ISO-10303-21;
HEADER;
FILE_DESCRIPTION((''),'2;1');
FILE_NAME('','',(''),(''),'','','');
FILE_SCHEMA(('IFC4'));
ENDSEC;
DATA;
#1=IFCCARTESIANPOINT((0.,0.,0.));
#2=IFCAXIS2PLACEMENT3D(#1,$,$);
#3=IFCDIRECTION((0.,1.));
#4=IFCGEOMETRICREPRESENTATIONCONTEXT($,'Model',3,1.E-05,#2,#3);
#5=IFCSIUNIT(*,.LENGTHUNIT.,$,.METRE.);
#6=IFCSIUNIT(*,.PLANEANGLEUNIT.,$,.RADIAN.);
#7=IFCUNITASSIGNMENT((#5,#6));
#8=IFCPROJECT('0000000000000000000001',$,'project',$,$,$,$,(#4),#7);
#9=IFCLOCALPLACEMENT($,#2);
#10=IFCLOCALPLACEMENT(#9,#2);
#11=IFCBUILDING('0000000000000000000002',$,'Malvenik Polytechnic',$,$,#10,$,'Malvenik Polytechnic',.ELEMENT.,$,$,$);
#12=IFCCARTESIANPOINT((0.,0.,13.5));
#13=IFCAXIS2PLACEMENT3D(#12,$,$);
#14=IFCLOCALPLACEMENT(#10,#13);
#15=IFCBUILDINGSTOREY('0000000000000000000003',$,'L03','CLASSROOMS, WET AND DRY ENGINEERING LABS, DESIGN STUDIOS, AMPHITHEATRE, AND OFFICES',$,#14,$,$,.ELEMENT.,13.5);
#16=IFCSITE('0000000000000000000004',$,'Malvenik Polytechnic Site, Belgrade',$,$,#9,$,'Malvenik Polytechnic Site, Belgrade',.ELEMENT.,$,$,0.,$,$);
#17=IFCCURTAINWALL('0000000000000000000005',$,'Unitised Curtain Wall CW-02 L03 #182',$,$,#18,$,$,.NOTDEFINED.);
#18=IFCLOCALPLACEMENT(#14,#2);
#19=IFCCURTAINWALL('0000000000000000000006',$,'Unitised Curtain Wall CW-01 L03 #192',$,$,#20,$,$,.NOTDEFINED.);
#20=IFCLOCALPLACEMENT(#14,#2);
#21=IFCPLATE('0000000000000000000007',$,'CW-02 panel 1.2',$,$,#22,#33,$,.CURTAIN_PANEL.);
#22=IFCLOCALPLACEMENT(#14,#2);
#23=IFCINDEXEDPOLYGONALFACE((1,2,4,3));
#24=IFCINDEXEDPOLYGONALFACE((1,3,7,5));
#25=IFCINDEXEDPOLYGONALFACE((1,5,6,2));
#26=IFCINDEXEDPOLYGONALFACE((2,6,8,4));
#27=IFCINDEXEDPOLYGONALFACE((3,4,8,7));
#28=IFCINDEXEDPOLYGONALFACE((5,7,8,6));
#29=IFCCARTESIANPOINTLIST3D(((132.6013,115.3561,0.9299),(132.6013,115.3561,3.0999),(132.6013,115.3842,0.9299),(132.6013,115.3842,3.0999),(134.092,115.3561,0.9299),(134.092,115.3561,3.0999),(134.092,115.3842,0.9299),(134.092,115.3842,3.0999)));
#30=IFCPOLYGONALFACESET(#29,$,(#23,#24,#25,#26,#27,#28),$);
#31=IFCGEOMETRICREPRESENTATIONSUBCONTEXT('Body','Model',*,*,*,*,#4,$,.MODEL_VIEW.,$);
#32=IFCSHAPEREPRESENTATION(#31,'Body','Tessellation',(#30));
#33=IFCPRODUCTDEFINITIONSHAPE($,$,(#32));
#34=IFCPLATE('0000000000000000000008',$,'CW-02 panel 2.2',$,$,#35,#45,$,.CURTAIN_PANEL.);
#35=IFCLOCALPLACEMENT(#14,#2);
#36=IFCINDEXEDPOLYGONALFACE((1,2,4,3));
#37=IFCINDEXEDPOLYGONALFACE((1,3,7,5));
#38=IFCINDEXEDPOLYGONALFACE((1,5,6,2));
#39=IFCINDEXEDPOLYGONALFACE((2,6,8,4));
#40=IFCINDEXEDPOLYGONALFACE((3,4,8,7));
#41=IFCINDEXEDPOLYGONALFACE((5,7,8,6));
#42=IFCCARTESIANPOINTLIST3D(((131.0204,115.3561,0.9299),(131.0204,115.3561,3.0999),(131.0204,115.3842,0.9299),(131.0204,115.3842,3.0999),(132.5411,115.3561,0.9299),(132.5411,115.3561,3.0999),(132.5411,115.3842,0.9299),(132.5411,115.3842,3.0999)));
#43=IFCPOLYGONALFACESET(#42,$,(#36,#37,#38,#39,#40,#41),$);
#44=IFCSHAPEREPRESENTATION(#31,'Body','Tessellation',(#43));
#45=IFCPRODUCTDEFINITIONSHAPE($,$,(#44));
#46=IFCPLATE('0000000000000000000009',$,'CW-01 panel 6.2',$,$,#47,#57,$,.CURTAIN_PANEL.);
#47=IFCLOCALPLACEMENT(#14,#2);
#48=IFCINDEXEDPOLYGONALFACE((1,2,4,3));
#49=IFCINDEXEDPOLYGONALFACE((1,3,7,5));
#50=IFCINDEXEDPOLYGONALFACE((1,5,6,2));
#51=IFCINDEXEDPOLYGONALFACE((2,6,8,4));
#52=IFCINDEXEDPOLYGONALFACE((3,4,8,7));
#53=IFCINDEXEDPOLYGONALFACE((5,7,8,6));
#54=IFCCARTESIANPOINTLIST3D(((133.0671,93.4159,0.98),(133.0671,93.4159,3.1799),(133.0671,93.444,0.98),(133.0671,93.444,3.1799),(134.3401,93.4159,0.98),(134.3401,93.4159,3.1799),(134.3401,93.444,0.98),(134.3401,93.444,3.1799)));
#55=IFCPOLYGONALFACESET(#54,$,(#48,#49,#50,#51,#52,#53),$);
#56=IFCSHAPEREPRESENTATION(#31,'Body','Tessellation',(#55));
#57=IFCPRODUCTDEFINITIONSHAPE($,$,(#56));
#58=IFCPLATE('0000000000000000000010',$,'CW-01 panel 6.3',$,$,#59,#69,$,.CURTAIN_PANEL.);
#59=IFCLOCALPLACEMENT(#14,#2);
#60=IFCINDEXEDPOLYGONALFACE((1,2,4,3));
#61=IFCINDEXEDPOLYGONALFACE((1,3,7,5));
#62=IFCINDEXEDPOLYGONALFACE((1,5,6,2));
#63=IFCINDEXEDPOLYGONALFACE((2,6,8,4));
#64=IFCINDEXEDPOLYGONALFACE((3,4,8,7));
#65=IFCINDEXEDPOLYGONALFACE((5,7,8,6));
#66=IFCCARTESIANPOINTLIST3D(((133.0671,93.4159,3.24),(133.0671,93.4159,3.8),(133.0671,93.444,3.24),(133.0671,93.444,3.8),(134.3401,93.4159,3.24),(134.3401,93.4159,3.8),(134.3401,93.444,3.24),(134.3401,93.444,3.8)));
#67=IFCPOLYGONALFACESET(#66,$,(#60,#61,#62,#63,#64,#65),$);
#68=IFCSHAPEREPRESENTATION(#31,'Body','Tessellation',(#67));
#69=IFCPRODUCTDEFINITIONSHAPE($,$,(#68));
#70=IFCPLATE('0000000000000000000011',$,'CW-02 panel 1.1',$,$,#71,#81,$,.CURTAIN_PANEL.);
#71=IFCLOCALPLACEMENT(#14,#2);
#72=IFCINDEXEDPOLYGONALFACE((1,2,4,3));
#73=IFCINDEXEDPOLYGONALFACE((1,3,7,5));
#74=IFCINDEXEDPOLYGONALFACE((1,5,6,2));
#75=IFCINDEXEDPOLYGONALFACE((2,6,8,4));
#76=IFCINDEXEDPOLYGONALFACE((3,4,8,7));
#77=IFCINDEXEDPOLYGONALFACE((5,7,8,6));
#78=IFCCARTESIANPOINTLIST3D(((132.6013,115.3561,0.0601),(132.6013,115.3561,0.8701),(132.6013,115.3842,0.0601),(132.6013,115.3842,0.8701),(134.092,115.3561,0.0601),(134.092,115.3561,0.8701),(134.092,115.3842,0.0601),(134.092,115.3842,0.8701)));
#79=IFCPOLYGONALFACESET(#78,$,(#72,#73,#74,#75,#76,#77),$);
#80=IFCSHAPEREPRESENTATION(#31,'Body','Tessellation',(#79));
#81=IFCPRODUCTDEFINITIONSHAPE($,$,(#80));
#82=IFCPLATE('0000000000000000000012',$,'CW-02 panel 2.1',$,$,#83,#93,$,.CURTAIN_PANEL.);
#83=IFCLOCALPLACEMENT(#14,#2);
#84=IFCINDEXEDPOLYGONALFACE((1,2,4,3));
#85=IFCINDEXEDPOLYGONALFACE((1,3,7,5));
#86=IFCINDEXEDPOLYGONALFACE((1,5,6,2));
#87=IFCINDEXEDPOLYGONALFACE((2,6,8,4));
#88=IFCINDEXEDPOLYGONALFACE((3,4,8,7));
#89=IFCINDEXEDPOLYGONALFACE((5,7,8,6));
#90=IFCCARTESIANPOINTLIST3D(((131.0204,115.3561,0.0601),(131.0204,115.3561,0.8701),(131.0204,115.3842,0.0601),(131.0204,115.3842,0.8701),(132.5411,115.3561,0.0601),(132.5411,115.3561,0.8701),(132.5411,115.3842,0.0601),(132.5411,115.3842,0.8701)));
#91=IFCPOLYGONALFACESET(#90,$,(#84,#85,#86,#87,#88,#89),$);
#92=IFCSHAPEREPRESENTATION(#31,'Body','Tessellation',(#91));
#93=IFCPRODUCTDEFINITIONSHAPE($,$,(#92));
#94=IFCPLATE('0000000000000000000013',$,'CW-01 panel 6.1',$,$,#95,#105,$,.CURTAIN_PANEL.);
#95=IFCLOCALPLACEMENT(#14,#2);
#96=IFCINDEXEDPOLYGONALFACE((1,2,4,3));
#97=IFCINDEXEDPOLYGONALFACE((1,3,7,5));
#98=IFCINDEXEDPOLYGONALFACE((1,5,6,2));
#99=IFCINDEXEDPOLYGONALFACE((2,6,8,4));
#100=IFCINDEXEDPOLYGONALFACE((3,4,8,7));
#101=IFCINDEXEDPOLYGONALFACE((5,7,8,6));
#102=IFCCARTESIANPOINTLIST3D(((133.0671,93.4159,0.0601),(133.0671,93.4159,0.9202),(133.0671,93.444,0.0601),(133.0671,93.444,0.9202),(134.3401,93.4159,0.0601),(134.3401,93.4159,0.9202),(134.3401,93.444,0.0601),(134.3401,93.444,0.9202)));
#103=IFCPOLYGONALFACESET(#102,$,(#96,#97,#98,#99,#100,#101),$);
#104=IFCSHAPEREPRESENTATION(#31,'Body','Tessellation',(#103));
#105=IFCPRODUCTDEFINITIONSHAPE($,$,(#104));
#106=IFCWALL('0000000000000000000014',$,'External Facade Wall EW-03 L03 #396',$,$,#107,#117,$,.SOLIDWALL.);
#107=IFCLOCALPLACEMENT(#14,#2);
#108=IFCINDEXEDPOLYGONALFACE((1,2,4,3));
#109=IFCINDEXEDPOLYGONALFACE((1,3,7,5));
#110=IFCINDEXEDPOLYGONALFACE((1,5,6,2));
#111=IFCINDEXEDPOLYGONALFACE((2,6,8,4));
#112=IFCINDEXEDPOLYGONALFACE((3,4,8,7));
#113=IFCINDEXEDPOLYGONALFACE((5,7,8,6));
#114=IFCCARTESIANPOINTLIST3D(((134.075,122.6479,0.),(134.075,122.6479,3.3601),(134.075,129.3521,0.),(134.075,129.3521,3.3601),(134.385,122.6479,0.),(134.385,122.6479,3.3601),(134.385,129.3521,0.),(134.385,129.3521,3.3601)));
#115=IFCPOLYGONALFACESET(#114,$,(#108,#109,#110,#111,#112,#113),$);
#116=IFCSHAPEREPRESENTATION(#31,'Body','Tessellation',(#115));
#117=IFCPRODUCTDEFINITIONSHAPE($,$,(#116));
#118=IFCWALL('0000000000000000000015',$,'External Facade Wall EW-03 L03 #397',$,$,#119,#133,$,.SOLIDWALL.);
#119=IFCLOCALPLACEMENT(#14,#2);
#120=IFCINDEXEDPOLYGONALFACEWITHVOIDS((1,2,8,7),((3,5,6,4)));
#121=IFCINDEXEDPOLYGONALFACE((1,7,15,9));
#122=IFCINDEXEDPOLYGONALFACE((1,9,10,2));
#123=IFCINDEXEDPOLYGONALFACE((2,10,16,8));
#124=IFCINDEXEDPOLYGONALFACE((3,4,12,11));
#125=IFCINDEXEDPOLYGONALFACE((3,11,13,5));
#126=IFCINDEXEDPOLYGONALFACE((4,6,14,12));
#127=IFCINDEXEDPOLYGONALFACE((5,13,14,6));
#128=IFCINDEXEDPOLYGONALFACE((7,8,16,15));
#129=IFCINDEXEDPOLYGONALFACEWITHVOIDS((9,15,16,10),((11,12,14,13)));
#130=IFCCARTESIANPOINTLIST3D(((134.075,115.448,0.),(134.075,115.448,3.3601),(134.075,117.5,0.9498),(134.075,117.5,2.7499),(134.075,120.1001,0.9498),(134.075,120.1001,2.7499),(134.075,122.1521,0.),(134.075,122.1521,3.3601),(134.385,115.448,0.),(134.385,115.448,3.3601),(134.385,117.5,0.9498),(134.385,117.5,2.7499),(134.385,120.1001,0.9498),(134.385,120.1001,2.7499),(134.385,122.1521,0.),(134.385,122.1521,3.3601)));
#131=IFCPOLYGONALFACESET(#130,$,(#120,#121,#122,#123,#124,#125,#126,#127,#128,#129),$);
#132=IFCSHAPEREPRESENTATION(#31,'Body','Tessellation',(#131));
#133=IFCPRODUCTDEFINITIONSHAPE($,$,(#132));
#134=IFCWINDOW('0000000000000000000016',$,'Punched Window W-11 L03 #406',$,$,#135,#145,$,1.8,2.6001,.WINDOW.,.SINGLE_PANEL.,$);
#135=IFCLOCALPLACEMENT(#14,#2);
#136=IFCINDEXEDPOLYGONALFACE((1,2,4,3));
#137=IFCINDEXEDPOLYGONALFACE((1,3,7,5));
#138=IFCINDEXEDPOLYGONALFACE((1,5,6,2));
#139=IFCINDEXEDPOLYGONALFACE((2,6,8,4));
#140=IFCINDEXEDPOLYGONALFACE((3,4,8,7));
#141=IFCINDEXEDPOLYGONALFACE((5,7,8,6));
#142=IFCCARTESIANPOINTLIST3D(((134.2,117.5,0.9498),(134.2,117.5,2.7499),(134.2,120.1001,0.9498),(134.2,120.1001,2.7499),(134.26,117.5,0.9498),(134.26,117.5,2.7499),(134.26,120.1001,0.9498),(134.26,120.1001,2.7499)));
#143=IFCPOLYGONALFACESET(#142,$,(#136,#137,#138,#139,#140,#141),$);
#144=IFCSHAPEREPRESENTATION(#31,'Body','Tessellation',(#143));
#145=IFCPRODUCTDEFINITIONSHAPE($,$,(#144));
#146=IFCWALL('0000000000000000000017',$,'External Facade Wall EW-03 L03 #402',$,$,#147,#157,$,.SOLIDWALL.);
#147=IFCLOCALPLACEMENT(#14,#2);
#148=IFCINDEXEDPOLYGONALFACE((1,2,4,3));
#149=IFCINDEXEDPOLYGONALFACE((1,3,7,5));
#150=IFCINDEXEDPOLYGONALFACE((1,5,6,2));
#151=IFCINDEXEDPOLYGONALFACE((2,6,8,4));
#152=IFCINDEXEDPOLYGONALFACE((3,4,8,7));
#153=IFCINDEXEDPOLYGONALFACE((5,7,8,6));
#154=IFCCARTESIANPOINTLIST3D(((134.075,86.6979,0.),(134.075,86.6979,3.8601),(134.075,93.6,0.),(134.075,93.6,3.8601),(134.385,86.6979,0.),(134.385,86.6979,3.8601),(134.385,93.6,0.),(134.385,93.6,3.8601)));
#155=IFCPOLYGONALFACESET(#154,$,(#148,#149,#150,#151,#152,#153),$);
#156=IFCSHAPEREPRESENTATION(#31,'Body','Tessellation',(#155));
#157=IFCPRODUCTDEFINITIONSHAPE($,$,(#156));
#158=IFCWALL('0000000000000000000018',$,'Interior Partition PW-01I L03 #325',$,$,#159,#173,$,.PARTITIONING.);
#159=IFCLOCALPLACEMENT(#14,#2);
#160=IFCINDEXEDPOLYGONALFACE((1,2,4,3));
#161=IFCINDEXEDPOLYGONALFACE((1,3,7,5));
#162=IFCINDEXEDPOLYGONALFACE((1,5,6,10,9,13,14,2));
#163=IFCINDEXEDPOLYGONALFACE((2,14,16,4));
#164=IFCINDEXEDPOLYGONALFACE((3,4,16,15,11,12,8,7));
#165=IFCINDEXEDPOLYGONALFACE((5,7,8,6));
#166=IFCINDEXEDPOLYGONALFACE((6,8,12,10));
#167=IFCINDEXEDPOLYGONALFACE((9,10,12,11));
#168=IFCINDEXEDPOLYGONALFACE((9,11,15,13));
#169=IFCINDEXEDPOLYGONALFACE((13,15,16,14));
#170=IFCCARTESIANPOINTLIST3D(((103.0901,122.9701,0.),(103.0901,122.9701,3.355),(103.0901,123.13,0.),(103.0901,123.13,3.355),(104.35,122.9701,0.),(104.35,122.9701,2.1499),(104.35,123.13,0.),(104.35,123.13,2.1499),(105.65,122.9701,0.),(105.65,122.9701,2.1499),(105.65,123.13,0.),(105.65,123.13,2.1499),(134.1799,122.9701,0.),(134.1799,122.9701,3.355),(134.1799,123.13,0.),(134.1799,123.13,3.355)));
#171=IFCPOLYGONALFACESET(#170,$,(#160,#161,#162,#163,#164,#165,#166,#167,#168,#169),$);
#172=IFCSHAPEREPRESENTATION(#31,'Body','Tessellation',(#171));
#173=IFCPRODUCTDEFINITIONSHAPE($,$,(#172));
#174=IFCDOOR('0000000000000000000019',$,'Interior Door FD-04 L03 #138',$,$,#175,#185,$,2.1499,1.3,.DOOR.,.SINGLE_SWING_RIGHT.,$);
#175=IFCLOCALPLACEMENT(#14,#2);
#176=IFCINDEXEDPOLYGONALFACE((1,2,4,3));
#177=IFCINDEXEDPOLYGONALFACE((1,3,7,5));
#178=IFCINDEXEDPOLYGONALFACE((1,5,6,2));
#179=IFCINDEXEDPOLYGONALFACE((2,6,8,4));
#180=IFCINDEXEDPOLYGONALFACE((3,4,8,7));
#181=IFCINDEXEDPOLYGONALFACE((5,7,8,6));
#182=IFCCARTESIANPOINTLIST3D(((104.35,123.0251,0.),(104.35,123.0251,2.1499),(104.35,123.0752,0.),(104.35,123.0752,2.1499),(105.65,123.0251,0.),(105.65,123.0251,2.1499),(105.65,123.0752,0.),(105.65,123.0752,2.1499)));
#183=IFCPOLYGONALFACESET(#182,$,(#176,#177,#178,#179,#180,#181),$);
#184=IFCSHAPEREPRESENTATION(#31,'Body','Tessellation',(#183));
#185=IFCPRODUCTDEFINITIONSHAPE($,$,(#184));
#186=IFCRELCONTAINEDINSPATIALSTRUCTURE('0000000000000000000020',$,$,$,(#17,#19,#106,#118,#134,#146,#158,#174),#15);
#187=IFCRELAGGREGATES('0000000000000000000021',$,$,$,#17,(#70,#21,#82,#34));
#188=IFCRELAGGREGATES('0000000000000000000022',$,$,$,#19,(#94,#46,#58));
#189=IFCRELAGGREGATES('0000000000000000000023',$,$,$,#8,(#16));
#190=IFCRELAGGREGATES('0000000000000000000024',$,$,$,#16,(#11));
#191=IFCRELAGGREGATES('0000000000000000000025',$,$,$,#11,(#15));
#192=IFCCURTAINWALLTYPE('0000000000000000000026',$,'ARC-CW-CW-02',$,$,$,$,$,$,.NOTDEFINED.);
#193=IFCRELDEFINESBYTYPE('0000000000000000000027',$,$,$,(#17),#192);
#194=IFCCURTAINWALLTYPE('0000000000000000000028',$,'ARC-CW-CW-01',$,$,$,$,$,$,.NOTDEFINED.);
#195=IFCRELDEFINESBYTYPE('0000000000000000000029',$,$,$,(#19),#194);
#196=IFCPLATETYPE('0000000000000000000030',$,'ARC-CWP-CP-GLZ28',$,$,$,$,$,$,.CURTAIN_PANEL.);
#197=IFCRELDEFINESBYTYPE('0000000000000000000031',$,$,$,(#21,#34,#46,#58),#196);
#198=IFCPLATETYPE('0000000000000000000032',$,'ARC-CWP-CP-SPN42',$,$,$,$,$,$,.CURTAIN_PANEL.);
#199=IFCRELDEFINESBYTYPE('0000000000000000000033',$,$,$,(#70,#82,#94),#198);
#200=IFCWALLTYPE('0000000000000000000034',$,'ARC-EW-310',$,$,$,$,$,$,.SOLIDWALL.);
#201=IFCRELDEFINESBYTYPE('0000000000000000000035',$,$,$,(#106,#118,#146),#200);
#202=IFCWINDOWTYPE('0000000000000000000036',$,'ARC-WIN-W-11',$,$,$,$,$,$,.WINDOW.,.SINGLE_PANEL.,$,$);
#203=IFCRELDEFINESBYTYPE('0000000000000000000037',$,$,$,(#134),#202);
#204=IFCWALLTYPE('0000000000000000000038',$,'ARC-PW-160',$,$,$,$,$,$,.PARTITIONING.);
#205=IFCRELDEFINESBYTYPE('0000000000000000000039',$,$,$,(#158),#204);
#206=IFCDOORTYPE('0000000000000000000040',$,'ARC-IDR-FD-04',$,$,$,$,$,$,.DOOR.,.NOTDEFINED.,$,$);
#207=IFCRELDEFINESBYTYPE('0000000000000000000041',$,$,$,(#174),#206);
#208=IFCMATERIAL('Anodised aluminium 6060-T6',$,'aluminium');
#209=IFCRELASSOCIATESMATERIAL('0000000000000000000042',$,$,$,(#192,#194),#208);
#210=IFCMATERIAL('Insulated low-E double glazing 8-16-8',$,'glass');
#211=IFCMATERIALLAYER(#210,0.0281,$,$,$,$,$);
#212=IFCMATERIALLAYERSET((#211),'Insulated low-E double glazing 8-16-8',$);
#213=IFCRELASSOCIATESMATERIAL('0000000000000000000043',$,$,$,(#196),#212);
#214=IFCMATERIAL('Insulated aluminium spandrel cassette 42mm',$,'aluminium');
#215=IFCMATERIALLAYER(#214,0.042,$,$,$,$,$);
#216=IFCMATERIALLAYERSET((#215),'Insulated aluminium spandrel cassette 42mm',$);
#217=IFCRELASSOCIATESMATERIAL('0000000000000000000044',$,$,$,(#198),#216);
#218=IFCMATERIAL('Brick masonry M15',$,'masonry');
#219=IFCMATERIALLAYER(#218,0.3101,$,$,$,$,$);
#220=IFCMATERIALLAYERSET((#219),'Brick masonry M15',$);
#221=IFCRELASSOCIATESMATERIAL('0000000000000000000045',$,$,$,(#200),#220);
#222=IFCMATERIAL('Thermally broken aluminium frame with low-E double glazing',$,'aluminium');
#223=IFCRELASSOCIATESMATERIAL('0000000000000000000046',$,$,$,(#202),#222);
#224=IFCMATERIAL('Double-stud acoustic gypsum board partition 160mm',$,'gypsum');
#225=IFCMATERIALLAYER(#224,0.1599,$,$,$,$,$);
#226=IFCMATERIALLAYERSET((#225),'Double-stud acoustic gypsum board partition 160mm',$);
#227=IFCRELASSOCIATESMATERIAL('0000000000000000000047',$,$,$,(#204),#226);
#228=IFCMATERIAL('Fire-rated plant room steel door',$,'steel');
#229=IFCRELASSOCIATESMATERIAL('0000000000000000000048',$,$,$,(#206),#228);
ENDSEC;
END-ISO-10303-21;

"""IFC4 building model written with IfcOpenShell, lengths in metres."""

from ifc_helpers import new_model, si_unit, direction, frame, frame_2d, origin, origin_2d, place, context, subcontext, project, spatial, rectangle, extrude, material, layer, layer_set, type_object, element, fill, aggregate, save


model = new_model("IFC4")

# Units and contexts
model_context = context("Model", 3, precision=1e-05, world=origin(), true_north=direction((0.0, 1.0)))
body_context = subcontext(model_context, "Body", "Model", "MODEL_VIEW")
ifc_project = project(units=[si_unit("LENGTHUNIT", "METRE"), si_unit("PLANEANGLEUNIT", "RADIAN")], contexts=[model_context])

# Site, building, storey
site_placement = place(None, origin())
site = spatial("IfcSite", under=ifc_project, at=site_placement, Name="Malvenik Polytechnic Site, Belgrade", LongName="Malvenik Polytechnic Site, Belgrade", CompositionType="ELEMENT", RefElevation=0.0)
building_placement = place(site_placement, origin())
building = spatial("IfcBuilding", under=site, at=building_placement, Name="Malvenik Polytechnic", LongName="Malvenik Polytechnic", CompositionType="ELEMENT")
storey_placement = place(building_placement, frame((0.0, 0.0, 13.5)))
storey = spatial("IfcBuildingStorey", under=building, at=storey_placement, Name="L03", Description="CLASSROOMS, WET AND DRY ENGINEERING LABS, DESIGN STUDIOS, AMPHITHEATRE, AND OFFICES", CompositionType="ELEMENT", Elevation=13.5)

# Curtain wall
ifc_material_1 = material(Name="Anodised aluminium 6060-T6", Category="aluminium")
curtain_wall_type_1 = type_object("IfcCurtainWallType", Name="ARC-CW-CW-02", PredefinedType="NOTDEFINED", material=ifc_material_1)
curtain_wall_1_placement = place(storey_placement, origin())
curtain_wall_1 = element("IfcCurtainWall", 1, at=curtain_wall_1_placement, inside=storey, type_object=curtain_wall_type_1, Name="Unitised Curtain Wall CW-02 L03 #182", PredefinedType="NOTDEFINED")

# Curtain wall
curtain_wall_type_2 = type_object("IfcCurtainWallType", Name="ARC-CW-CW-01", PredefinedType="NOTDEFINED", material=ifc_material_1)
curtain_wall_2_placement = place(storey_placement, origin())
curtain_wall_2 = element("IfcCurtainWall", 2, at=curtain_wall_2_placement, inside=storey, type_object=curtain_wall_type_2, Name="Unitised Curtain Wall CW-01 L03 #192", PredefinedType="NOTDEFINED")

# Plates
ifc_material_2 = material(Name="Insulated low-E double glazing 8-16-8", Category="glass")
ifc_layer_1 = layer(ifc_material_2, 0.0281)
ifc_layer_set_1 = layer_set([ifc_layer_1], Name="Insulated low-E double glazing 8-16-8")
plate_type_1 = type_object("IfcPlateType", Name="ARC-CWP-CP-GLZ28", PredefinedType="CURTAIN_PANEL", material=ifc_layer_set_1)
plate_1_placement = place(storey_placement, frame((133.3467, 115.3701, 0.9299), z_axis=(0.0, 0.0, 1.0), x_axis=(-1.0, 0.0, 0.0)))
plate_1 = element("IfcPlate", 3, at=plate_1_placement, type_object=plate_type_1, Name="CW-02 panel 1.2", PredefinedType="CURTAIN_PANEL", context=body_context, shape_type="SweptSolid", body=[
    extrude(rectangle(XDim=1.4907, YDim=0.0281, at=origin_2d()), origin(), (0.0, 0.0, 1.0), 2.1699),
])
plate_2_placement = place(storey_placement, frame((131.7808, 115.3701, 0.9299), z_axis=(0.0, 0.0, 1.0), x_axis=(-1.0, 0.0, 0.0)))
plate_2 = element("IfcPlate", 4, at=plate_2_placement, type_object=plate_type_1, Name="CW-02 panel 2.2", PredefinedType="CURTAIN_PANEL", context=body_context, shape_type="SweptSolid", body=[
    extrude(rectangle(XDim=1.5208, YDim=0.0281, at=origin_2d()), origin(), (0.0, 0.0, 1.0), 2.1699),
])
plate_3_placement = place(storey_placement, frame((133.7036, 93.4299, 0.98), z_axis=(0.0, 0.0, 1.0), x_axis=(1.0, 0.0, 0.0)))
plate_3 = element("IfcPlate", 5, at=plate_3_placement, type_object=plate_type_1, Name="CW-01 panel 6.2", PredefinedType="CURTAIN_PANEL", context=body_context, shape_type="SweptSolid", body=[
    extrude(rectangle(XDim=1.2729, YDim=0.0281, at=origin_2d()), origin(), (0.0, 0.0, 1.0), 2.2),
])
plate_4_placement = place(storey_placement, frame((133.7036, 93.4299, 3.24), z_axis=(0.0, 0.0, 1.0), x_axis=(1.0, 0.0, 0.0)))
plate_4 = element("IfcPlate", 6, at=plate_4_placement, type_object=plate_type_1, Name="CW-01 panel 6.3", PredefinedType="CURTAIN_PANEL", context=body_context, shape_type="SweptSolid", body=[
    extrude(rectangle(XDim=1.2729, YDim=0.0281, at=origin_2d()), origin(), (0.0, 0.0, 1.0), 0.5601),
])
ifc_material_3 = material(Name="Insulated aluminium spandrel cassette 42mm", Category="aluminium")
ifc_layer_2 = layer(ifc_material_3, 0.042)
ifc_layer_set_2 = layer_set([ifc_layer_2], Name="Insulated aluminium spandrel cassette 42mm")
plate_type_2 = type_object("IfcPlateType", Name="ARC-CWP-CP-SPN42", PredefinedType="CURTAIN_PANEL", material=ifc_layer_set_2)
plate_5_placement = place(storey_placement, frame((133.3467, 115.3701, 0.0601), z_axis=(0.0, 0.0, 1.0), x_axis=(-1.0, 0.0, 0.0)))
plate_5 = element("IfcPlate", 7, at=plate_5_placement, type_object=plate_type_2, Name="CW-02 panel 1.1", PredefinedType="CURTAIN_PANEL", context=body_context, shape_type="SweptSolid", body=[
    extrude(rectangle(XDim=1.4907, YDim=0.0281, at=origin_2d()), origin(), (0.0, 0.0, 1.0), 0.8101),
])
plate_6_placement = place(storey_placement, frame((131.7808, 115.3701, 0.0601), z_axis=(0.0, 0.0, 1.0), x_axis=(-1.0, 0.0, 0.0)))
plate_6 = element("IfcPlate", 8, at=plate_6_placement, type_object=plate_type_2, Name="CW-02 panel 2.1", PredefinedType="CURTAIN_PANEL", context=body_context, shape_type="SweptSolid", body=[
    extrude(rectangle(XDim=1.5208, YDim=0.0281, at=origin_2d()), origin(), (0.0, 0.0, 1.0), 0.8101),
])
aggregate(curtain_wall_1, [plate_5, plate_1, plate_6, plate_2])
plate_7_placement = place(storey_placement, frame((133.7036, 93.4299, 0.0601), z_axis=(0.0, 0.0, 1.0), x_axis=(1.0, 0.0, 0.0)))
plate_7 = element("IfcPlate", 9, at=plate_7_placement, type_object=plate_type_2, Name="CW-01 panel 6.1", PredefinedType="CURTAIN_PANEL", context=body_context, shape_type="SweptSolid", body=[
    extrude(rectangle(XDim=1.2729, YDim=0.0281, at=origin_2d()), origin(), (0.0, 0.0, 1.0), 0.8601),
])
aggregate(curtain_wall_2, [plate_7, plate_3, plate_4])

# Wall
ifc_material_4 = material(Name="Brick masonry M15", Category="masonry")
ifc_layer_3 = layer(ifc_material_4, 0.3101)
ifc_layer_set_3 = layer_set([ifc_layer_3], Name="Brick masonry M15")
wall_type_1 = type_object("IfcWallType", Name="ARC-EW-310", PredefinedType="SOLIDWALL", material=ifc_layer_set_3)
wall_1_placement = place(storey_placement, frame((134.23, 129.3521, 0.0), z_axis=(0.0, 0.0, 1.0), x_axis=(0.0, -1.0, 0.0)))
element("IfcWall", 10, at=wall_1_placement, inside=storey, type_object=wall_type_1, Name="External Facade Wall EW-03 L03 #396", PredefinedType="SOLIDWALL", context=body_context, shape_type="SweptSolid", body=[
    extrude(rectangle(XDim=6.7041, YDim=0.3101, at=frame_2d((3.3521, 0.0))), origin(), (0.0, 0.0, 1.0), 3.3601),
])

# Wall, opening, window
wall_2_placement = place(storey_placement, frame((134.23, 122.1521, 0.0), z_axis=(0.0, 0.0, 1.0), x_axis=(0.0, -1.0, 0.0)))
wall_2 = element("IfcWall", 11, at=wall_2_placement, inside=storey, type_object=wall_type_1, Name="External Facade Wall EW-03 L03 #397", PredefinedType="SOLIDWALL", context=body_context, shape_type="SweptSolid", body=[
    extrude(rectangle(XDim=6.7041, YDim=0.3101, at=frame_2d((3.3521, 0.0))), origin(), (0.0, 0.0, 1.0), 3.3601),
])
opening_1_placement = place(wall_2_placement, frame((2.052, 0.0, 0.95)))
opening_1 = element("IfcOpeningElement", 12, at=opening_1_placement, cuts=wall_2, PredefinedType="OPENING", context=body_context, shape_type="SweptSolid", body=[
    extrude(rectangle(XDim=2.6001, YDim=1.8, at=frame_2d((1.3, 0.8999))), frame((0.0, 0.165, 0.0), z_axis=(0.0, -1.0, 0.0), x_axis=(1.0, 0.0, 0.0)), (0.0, 0.0, 1.0), 0.3301),
])
ifc_material_5 = material(Name="Thermally broken aluminium frame with low-E double glazing", Category="aluminium")
window_type = type_object("IfcWindowType", Name="ARC-WIN-W-11", PartitioningType="SINGLE_PANEL", PredefinedType="WINDOW", material=ifc_material_5)
window_placement = place(opening_1_placement, origin())
window = element("IfcWindow", 13, at=window_placement, inside=storey, type_object=window_type, Name="Punched Window W-11 L03 #406", OverallHeight=1.8, OverallWidth=2.6001, PartitioningType="SINGLE_PANEL", PredefinedType="WINDOW", context=body_context, shape_type="SweptSolid", body=[
    extrude(rectangle(XDim=2.6001, YDim=1.8, at=frame_2d((1.3, 0.8999))), frame((0.0, 0.03, 0.0), z_axis=(0.0, -1.0, 0.0), x_axis=(1.0, 0.0, 0.0)), (0.0, 0.0, 1.0), 0.0601),
])
fill(opening_1, window)

# Wall
wall_3_placement = place(storey_placement, frame((134.23, 93.6001, 0.0), z_axis=(0.0, 0.0, 1.0), x_axis=(0.0, -1.0, 0.0)))
element("IfcWall", 14, at=wall_3_placement, inside=storey, type_object=wall_type_1, Name="External Facade Wall EW-03 L03 #402", PredefinedType="SOLIDWALL", context=body_context, shape_type="SweptSolid", body=[
    extrude(rectangle(XDim=6.9021, YDim=0.3101, at=frame_2d((3.4512, 0.0))), origin(), (0.0, 0.0, 1.0), 3.8601),
])

# Wall, opening, door
ifc_material_6 = material(Name="Double-stud acoustic gypsum board partition 160mm", Category="gypsum")
ifc_layer_4 = layer(ifc_material_6, 0.1599)
ifc_layer_set_4 = layer_set([ifc_layer_4], Name="Double-stud acoustic gypsum board partition 160mm")
wall_type_2 = type_object("IfcWallType", Name="ARC-PW-160", PredefinedType="PARTITIONING", material=ifc_layer_set_4)
wall_4_placement = place(storey_placement, frame((134.1799, 123.05, 0.0), z_axis=(0.0, 0.0, 1.0), x_axis=(-1.0, 0.0, 0.0)))
wall_4 = element("IfcWall", 15, at=wall_4_placement, inside=storey, type_object=wall_type_2, Name="Interior Partition PW-01I L03 #325", PredefinedType="PARTITIONING", context=body_context, shape_type="SweptSolid", body=[
    extrude(rectangle(XDim=31.0898, YDim=0.1599, at=frame_2d((15.5449, 0.0))), origin(), (0.0, 0.0, 1.0), 3.355),
])
opening_2_placement = place(wall_4_placement, frame((28.53, 0.0, 0.0)))
opening_2 = element("IfcOpeningElement", 16, at=opening_2_placement, cuts=wall_4, PredefinedType="OPENING", context=body_context, shape_type="SweptSolid", body=[
    extrude(rectangle(XDim=1.3, YDim=2.1499, at=frame_2d((0.6499, 1.075))), frame((0.0, 0.0898, 0.0), z_axis=(0.0, -1.0, 0.0), x_axis=(1.0, 0.0, 0.0)), (0.0, 0.0, 1.0), 0.1799),
])
ifc_material_7 = material(Name="Fire-rated plant room steel door", Category="steel")
door_type = type_object("IfcDoorType", Name="ARC-IDR-FD-04", OperationType="NOTDEFINED", PredefinedType="DOOR", material=ifc_material_7)
door_placement = place(opening_2_placement, origin())
door = element("IfcDoor", 17, at=door_placement, inside=storey, type_object=door_type, Name="Interior Door FD-04 L03 #138", OperationType="SINGLE_SWING_RIGHT", OverallHeight=2.1499, OverallWidth=1.3, PredefinedType="DOOR", context=body_context, shape_type="SweptSolid", body=[
    extrude(rectangle(XDim=1.3, YDim=2.1499, at=frame_2d((0.6499, 1.075))), frame((0.0, 0.0249, 0.0), z_axis=(0.0, -1.0, 0.0), x_axis=(1.0, 0.0, 0.0)), (0.0, 0.0, 1.0), 0.05),
])
fill(opening_2, door)

save(model, "model.ifc")
